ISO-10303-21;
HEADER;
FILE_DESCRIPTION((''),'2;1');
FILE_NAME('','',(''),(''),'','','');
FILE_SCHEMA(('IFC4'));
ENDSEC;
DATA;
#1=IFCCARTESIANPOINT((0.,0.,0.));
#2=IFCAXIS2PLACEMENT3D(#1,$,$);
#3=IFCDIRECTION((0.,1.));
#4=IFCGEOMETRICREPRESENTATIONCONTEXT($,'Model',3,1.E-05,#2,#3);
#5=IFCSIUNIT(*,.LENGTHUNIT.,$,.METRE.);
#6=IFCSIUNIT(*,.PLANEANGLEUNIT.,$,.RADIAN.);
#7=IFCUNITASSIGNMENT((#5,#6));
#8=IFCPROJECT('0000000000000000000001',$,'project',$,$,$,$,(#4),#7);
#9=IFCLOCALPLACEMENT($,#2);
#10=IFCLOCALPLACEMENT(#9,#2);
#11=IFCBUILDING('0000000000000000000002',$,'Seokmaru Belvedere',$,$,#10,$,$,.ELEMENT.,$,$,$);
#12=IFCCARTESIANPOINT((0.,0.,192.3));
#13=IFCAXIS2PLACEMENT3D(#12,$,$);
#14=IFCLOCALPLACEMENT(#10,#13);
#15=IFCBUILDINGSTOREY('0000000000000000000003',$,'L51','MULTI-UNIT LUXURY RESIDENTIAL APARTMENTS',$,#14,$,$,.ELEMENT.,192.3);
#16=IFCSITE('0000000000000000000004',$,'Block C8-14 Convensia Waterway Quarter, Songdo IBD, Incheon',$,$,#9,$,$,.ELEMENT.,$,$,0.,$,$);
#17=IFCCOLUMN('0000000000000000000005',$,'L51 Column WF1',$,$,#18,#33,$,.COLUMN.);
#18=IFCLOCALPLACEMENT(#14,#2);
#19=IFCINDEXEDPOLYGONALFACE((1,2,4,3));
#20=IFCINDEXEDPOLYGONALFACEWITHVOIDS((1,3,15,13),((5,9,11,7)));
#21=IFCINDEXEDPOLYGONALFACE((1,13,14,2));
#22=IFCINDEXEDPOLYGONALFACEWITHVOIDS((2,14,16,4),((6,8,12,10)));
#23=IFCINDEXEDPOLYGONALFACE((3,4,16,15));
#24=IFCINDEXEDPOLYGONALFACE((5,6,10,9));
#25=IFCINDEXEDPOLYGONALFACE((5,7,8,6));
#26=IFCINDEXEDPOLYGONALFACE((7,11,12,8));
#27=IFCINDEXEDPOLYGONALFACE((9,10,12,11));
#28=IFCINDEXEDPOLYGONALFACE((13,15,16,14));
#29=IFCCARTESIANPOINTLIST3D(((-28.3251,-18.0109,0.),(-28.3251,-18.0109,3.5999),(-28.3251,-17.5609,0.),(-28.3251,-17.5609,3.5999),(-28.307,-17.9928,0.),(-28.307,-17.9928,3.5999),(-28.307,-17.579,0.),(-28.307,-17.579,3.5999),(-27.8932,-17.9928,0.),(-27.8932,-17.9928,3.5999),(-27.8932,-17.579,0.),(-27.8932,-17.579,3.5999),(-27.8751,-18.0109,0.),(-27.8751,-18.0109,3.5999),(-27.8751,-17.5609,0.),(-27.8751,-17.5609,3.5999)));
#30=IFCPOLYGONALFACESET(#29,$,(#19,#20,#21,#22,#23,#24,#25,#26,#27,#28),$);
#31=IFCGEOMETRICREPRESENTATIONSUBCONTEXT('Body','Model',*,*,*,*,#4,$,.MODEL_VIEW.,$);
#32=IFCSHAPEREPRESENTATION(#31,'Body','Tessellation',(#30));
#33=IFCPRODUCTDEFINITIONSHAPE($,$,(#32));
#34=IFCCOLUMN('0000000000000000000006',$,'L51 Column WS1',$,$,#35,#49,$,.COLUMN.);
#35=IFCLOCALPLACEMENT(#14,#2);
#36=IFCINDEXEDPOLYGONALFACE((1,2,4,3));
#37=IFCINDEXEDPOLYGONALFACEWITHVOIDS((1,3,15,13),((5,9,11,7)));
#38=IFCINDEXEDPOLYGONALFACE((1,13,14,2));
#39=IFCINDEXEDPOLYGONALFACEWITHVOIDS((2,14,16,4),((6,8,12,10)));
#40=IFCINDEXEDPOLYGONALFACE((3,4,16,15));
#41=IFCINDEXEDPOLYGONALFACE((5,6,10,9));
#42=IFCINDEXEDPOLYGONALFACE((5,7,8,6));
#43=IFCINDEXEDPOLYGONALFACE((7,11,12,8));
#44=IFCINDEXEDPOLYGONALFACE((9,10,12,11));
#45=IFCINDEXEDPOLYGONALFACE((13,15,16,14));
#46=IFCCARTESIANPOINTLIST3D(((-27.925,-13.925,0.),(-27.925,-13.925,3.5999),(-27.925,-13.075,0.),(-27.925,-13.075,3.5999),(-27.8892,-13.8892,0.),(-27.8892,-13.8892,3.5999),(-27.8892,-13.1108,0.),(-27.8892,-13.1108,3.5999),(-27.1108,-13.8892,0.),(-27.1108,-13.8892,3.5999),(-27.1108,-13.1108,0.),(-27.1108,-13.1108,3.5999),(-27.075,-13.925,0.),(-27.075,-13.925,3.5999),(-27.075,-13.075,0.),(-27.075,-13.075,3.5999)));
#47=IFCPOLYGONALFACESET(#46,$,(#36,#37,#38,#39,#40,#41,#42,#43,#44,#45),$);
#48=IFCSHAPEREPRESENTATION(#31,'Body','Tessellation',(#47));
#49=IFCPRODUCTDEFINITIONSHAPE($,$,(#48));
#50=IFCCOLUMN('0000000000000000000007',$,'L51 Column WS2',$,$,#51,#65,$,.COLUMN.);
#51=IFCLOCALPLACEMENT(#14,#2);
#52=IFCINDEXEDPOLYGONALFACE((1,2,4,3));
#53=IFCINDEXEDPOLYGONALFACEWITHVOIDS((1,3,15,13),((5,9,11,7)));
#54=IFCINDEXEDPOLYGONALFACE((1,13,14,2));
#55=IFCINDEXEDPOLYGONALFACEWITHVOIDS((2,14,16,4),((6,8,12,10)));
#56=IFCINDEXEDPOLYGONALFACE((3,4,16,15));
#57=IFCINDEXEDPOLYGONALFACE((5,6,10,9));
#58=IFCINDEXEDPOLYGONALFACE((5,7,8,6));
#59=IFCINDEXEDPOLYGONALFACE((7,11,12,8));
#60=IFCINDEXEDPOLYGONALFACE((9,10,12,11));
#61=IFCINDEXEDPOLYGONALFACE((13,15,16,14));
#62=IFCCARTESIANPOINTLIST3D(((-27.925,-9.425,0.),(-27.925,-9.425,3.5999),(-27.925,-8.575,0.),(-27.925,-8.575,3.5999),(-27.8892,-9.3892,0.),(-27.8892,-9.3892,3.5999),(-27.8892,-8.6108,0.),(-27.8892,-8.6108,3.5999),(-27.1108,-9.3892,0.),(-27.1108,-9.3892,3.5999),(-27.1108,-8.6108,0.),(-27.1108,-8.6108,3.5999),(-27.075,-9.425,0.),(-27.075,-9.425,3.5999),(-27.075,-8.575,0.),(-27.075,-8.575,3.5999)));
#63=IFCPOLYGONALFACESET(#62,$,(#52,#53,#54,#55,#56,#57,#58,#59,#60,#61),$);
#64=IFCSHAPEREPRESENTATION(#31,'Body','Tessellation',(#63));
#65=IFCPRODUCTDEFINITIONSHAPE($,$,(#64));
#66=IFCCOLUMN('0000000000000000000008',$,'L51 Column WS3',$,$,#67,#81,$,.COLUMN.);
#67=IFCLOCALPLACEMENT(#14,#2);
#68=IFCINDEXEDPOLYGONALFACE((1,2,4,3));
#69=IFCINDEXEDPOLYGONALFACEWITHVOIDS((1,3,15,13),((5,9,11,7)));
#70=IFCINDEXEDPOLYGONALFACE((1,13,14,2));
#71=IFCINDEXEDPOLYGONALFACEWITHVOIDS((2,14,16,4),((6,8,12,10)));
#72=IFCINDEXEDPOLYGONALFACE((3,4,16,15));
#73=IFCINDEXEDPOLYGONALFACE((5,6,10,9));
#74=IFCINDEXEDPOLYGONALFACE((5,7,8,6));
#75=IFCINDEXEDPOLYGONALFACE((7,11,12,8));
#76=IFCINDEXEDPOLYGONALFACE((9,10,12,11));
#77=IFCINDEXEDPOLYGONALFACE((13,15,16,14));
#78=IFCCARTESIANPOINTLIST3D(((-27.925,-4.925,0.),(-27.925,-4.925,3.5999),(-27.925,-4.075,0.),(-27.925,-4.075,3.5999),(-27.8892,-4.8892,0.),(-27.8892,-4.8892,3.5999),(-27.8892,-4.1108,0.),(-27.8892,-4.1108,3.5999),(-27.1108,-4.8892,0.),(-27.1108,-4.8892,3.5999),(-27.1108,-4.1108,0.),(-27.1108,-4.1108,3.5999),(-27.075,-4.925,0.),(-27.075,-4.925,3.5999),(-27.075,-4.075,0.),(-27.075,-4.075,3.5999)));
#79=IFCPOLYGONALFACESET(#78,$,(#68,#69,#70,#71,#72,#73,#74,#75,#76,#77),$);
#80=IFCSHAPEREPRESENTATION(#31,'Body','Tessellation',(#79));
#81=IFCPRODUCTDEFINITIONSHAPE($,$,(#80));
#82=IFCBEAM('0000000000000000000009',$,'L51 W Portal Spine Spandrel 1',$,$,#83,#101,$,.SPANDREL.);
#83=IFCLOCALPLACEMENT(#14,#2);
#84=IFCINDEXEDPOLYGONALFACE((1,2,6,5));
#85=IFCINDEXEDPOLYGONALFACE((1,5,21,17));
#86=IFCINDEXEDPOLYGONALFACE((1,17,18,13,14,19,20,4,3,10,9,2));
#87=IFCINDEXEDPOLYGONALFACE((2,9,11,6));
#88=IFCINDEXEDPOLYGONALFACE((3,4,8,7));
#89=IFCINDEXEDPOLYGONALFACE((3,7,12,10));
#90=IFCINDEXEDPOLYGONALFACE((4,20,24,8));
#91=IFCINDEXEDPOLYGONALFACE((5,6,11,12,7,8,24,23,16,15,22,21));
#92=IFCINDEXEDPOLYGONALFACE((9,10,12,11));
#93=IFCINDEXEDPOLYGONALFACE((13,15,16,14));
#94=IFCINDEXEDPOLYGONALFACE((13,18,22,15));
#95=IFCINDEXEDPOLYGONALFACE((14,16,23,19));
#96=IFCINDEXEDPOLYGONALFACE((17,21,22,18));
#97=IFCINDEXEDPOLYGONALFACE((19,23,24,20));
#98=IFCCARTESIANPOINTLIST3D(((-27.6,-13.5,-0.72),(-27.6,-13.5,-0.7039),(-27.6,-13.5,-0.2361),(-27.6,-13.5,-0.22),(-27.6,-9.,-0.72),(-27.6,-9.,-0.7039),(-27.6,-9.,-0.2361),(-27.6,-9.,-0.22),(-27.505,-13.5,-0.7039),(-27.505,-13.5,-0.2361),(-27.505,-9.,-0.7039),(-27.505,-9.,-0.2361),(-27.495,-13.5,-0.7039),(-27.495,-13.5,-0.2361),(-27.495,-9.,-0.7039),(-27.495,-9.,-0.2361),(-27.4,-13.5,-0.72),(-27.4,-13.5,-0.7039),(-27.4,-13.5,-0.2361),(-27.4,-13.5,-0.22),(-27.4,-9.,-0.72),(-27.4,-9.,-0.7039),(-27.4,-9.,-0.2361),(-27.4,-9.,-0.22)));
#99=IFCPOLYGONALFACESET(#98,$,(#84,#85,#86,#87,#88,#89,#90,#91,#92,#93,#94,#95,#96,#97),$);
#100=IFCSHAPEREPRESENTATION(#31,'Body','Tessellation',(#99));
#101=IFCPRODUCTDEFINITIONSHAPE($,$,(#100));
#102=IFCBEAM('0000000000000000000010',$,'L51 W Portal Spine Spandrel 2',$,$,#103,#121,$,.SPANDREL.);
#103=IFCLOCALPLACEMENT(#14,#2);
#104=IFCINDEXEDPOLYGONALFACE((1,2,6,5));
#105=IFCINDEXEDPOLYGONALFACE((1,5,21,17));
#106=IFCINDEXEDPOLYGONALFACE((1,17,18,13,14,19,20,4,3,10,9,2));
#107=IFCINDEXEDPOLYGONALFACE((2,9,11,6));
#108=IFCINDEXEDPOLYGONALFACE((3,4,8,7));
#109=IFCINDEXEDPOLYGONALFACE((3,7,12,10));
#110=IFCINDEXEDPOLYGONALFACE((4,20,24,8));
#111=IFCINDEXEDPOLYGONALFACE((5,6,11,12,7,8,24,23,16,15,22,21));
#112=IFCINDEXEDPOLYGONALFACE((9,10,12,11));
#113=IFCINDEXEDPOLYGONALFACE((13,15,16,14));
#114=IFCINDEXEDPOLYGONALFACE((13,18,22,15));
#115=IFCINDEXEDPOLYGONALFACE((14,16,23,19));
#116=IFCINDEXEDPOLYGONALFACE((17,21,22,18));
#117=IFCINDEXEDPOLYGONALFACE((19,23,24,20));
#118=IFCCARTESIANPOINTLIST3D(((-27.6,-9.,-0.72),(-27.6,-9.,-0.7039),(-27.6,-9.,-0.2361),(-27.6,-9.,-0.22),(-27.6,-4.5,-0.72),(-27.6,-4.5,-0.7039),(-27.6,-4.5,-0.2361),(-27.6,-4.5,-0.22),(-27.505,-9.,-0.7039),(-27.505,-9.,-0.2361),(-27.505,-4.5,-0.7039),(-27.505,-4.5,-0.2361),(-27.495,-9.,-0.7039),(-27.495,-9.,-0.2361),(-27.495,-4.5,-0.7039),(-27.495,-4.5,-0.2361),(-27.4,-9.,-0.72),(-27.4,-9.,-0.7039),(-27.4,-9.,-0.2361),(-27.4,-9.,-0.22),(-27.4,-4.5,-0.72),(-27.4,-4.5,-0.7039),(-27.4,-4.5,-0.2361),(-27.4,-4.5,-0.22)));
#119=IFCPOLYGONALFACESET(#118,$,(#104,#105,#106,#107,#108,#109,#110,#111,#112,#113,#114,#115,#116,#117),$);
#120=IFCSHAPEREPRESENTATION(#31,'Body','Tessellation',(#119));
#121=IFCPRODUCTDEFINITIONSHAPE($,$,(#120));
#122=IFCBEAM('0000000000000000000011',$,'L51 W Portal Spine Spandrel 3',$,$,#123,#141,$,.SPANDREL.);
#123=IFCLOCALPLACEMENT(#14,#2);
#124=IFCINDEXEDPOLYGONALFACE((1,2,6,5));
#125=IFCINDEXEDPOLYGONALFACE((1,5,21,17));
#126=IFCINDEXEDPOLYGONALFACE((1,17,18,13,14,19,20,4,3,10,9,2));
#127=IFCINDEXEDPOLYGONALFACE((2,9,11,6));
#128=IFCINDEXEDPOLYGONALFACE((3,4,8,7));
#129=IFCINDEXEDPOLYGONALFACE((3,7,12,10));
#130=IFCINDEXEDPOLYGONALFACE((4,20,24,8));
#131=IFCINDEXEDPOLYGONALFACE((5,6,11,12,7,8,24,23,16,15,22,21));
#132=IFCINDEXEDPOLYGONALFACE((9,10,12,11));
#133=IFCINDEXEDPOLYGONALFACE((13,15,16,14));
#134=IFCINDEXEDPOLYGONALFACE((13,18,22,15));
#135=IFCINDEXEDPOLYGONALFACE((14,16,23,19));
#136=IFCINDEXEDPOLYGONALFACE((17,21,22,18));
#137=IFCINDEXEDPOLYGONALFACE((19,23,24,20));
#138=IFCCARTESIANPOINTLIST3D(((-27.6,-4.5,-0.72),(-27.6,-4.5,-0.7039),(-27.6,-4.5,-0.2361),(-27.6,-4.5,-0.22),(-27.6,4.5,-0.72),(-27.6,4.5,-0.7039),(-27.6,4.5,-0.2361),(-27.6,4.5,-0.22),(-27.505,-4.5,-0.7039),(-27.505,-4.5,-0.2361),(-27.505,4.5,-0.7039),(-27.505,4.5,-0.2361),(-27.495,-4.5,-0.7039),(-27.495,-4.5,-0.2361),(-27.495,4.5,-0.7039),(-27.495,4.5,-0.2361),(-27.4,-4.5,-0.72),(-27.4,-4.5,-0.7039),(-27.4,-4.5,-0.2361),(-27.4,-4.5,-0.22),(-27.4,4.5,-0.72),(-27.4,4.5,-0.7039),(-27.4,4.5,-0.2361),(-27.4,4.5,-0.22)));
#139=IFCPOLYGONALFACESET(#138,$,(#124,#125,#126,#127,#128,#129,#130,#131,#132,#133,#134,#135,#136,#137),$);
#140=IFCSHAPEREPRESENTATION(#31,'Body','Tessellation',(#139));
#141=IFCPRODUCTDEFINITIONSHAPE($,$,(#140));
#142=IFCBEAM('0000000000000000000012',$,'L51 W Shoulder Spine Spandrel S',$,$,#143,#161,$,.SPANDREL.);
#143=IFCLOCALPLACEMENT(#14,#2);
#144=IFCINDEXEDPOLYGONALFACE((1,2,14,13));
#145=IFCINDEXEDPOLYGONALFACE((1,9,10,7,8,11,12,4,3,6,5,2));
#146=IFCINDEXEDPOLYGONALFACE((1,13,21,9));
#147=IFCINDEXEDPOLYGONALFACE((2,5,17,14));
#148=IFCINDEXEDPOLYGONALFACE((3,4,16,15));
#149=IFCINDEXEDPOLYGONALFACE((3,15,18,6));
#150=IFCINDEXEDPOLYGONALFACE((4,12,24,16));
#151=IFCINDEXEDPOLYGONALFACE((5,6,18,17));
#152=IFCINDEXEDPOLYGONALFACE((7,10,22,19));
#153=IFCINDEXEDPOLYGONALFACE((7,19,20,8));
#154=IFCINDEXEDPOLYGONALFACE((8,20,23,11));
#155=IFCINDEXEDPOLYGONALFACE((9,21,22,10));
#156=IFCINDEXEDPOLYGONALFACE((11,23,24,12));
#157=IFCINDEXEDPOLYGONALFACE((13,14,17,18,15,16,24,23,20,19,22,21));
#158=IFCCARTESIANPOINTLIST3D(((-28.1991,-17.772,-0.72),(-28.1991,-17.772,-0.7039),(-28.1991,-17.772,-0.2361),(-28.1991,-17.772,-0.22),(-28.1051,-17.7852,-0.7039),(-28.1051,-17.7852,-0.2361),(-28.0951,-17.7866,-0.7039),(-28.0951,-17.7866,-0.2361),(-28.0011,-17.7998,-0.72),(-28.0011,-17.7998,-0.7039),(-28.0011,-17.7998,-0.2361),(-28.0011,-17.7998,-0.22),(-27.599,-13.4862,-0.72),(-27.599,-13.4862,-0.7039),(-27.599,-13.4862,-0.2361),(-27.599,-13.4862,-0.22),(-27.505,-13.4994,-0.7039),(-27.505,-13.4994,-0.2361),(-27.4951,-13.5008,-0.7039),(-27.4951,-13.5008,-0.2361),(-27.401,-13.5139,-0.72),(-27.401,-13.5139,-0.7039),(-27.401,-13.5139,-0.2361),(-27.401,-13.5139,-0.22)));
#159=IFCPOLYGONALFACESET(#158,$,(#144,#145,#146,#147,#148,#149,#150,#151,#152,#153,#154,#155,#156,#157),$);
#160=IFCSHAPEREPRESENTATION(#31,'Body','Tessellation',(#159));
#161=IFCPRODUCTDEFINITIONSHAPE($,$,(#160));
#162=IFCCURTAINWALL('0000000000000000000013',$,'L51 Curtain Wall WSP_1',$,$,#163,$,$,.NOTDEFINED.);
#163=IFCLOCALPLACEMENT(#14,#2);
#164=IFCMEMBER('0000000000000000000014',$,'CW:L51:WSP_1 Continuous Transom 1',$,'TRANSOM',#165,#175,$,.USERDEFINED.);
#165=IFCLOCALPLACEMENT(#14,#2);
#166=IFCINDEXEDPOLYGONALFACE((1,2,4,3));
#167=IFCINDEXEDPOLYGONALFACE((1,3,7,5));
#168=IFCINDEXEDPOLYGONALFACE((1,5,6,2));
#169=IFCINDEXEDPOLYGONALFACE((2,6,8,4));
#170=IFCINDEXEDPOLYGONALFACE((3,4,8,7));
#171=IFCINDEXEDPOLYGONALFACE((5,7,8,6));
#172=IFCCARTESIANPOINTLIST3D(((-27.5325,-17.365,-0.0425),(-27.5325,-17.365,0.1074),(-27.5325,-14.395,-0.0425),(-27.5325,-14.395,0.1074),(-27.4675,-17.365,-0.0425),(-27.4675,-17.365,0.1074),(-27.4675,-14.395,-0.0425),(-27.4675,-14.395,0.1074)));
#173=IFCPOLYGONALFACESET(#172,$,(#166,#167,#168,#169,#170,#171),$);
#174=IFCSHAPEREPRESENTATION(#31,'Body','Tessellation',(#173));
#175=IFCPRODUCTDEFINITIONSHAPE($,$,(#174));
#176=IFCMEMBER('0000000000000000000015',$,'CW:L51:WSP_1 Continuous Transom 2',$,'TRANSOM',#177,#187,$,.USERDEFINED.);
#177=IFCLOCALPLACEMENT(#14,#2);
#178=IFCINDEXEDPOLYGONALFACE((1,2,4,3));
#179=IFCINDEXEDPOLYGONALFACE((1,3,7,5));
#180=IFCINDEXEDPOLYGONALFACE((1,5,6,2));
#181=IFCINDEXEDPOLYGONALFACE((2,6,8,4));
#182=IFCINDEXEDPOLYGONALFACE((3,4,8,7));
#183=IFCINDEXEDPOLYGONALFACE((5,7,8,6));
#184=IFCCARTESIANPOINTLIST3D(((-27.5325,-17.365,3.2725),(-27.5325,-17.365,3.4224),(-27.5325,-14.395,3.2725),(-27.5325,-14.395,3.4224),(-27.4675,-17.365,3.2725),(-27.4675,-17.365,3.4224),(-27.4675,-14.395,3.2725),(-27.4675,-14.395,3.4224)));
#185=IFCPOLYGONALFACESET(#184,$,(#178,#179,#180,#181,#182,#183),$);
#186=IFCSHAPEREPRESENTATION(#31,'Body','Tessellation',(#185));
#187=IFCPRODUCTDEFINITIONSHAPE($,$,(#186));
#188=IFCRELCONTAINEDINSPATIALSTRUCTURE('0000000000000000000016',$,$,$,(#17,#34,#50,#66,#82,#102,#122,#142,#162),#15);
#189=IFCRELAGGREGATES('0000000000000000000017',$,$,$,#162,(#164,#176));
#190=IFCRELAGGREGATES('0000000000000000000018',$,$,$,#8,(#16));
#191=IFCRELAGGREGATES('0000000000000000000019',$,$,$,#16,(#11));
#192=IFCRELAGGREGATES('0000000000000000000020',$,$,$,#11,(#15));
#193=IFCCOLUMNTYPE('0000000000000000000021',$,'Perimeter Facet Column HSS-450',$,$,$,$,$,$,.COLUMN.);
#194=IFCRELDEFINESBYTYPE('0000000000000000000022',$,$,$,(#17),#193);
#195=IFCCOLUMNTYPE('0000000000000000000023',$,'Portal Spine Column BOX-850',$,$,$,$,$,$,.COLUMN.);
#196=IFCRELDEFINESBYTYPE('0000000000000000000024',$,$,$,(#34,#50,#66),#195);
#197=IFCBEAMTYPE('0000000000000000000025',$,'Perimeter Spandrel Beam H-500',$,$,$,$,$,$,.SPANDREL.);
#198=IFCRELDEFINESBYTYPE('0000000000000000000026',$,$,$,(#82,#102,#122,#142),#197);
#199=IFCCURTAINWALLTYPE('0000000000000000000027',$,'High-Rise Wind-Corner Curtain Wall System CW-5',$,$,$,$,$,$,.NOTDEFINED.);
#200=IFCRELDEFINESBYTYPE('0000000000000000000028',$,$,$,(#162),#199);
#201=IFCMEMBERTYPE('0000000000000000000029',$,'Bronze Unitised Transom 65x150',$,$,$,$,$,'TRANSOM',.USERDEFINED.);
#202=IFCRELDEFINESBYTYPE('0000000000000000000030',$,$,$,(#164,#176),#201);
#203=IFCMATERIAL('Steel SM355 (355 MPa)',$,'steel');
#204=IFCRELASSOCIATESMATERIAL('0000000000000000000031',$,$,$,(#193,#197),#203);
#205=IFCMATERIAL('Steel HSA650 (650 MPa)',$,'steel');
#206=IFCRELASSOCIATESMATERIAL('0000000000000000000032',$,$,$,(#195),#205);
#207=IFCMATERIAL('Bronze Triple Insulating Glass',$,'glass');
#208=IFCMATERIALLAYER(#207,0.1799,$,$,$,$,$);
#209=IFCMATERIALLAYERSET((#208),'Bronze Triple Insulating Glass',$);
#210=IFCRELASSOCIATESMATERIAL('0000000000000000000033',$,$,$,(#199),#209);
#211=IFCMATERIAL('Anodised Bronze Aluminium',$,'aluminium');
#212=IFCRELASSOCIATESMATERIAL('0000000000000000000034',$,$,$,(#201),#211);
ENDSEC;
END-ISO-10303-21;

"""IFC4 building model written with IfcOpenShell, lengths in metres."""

from ifc_helpers import new_model, si_unit, direction, frame, origin, origin_2d, place, context, subcontext, project, spatial, rectangle, hollow_rectangle, i_section, extrude, source, transform, mapped, material, layer, layer_set, material_profile, profile_set, type_object, type_shapes, element, aggregate, save


model = new_model("IFC4")

# Units and contexts
model_context = context("Model", 3, precision=1e-05, world=origin(), true_north=direction((0.0, 1.0)))
body_context = subcontext(model_context, "Body", "Model", "MODEL_VIEW")
ifc_project = project(units=[si_unit("LENGTHUNIT", "METRE"), si_unit("PLANEANGLEUNIT", "RADIAN")], contexts=[model_context])

# Site, building, storey
site_placement = place(None, origin())
site = spatial("IfcSite", under=ifc_project, at=site_placement, Name="Block C8-14 Convensia Waterway Quarter, Songdo IBD, Incheon", CompositionType="ELEMENT", RefElevation=0.0)
building_placement = place(site_placement, origin())
building = spatial("IfcBuilding", under=site, at=building_placement, Name="Seokmaru Belvedere", CompositionType="ELEMENT")
storey_placement = place(building_placement, frame((0.0, 0.0, 192.3)))
storey = spatial("IfcBuildingStorey", under=building, at=storey_placement, Name="L51", Description="MULTI-UNIT LUXURY RESIDENTIAL APARTMENTS", CompositionType="ELEMENT", Elevation=192.3)

# Columns
ifc_material_1 = material(Name="Steel SM355 (355 MPa)", Category="steel")
ifc_material_profile_1 = material_profile(ifc_material_1, hollow_rectangle(XDim=0.45, YDim=0.45, WallThickness=0.0181, at=origin_2d()), Name="HSS-450x450x18")
ifc_profile_set_1 = profile_set([ifc_material_profile_1], Name="Steel SM355 (355 MPa)")
column_type_1 = type_object("IfcColumnType", Name="Perimeter Facet Column HSS-450", PredefinedType="COLUMN", material=ifc_profile_set_1)
shared_shape_1 = source(origin(), body_context, "Body", "SweptSolid", [
    extrude(hollow_rectangle(XDim=0.45, YDim=0.45, WallThickness=0.0181, at=origin_2d()), origin(), (0.0, 0.0, 1.0), 3.5999),
])
type_shapes(column_type_1, [shared_shape_1])
column_placement = place(storey_placement, frame((-28.1001, -17.7859, 0.0), z_axis=(0.0, 0.0, 1.0), x_axis=(1.0, 0.0, 0.0)))
element("IfcColumn", 1, at=column_placement, inside=storey, type_object=column_type_1, Name="L51 Column WF1", PredefinedType="COLUMN", context=body_context, shape_type="MappedRepresentation", body=[
    mapped(shared_shape_1, transform((0.0, 0.0, 0.0), scale=1.0)),
])
ifc_material_2 = material(Name="Steel HSA650 (650 MPa)", Category="steel")
ifc_material_profile_2 = material_profile(ifc_material_2, hollow_rectangle(XDim=0.8501, YDim=0.8501, WallThickness=0.0359, at=origin_2d()), Name="BOX-850x850x36")
ifc_profile_set_2 = profile_set([ifc_material_profile_2], Name="Steel HSA650 (650 MPa)")
column_type_2 = type_object("IfcColumnType", Name="Portal Spine Column BOX-850", PredefinedType="COLUMN", material=ifc_profile_set_2)
shared_shape_2 = source(origin(), body_context, "Body", "SweptSolid", [
    extrude(hollow_rectangle(XDim=0.8501, YDim=0.8501, WallThickness=0.0359, at=origin_2d()), origin(), (0.0, 0.0, 1.0), 3.5999),
])
type_shapes(column_type_2, [shared_shape_2])
for number, where, z_axis, x_axis, name in (
    (2, (-27.5, -13.5, 0.0), (0.0, 0.0, 1.0), (1.0, 0.0, 0.0), "L51 Column WS1"),
    (3, (-27.5, -9.0, 0.0), (0.0, 0.0, 1.0), (1.0, 0.0, 0.0), "L51 Column WS2"),
    (4, (-27.5, -4.5, 0.0), (0.0, 0.0, 1.0), (1.0, 0.0, 0.0), "L51 Column WS3"),
):
    element("IfcColumn", number, at=place(storey_placement, frame(where, z_axis=z_axis, x_axis=x_axis)), inside=storey, type_object=column_type_2, Name=name, PredefinedType="COLUMN", context=body_context, shape_type="MappedRepresentation", body=[
        mapped(shared_shape_2, transform((0.0, 0.0, 0.0), scale=1.0)),
    ])

# Beams
ifc_material_profile_3 = material_profile(ifc_material_1, i_section(OverallWidth=0.2, OverallDepth=0.5, WebThickness=0.01, FlangeThickness=0.0161, at=origin_2d()), Name="H-500x200x10x16")
ifc_profile_set_3 = profile_set([ifc_material_profile_3], Name="Steel SM355 (355 MPa)")
beam_type = type_object("IfcBeamType", Name="Perimeter Spandrel Beam H-500", PredefinedType="SPANDREL", material=ifc_profile_set_3)
shared_shape_3 = source(origin(), body_context, "Body", "SweptSolid", [
    extrude(i_section(OverallWidth=0.2, OverallDepth=0.5, WebThickness=0.01, FlangeThickness=0.0161, at=origin_2d()), origin(), (0.0, 0.0, 1.0), 4.5),
])
for number, where, z_axis, x_axis, name in (
    (5, (-27.5, -13.5, -0.47), (0.0, 1.0, 0.0), (-1.0, 0.0, 0.0), "L51 W Portal Spine Spandrel 1"),
    (6, (-27.5, -9.0, -0.47), (0.0, 1.0, 0.0), (-1.0, 0.0, 0.0), "L51 W Portal Spine Spandrel 2"),
):
    element("IfcBeam", number, at=place(storey_placement, frame(where, z_axis=z_axis, x_axis=x_axis)), inside=storey, type_object=beam_type, Name=name, PredefinedType="SPANDREL", context=body_context, shape_type="MappedRepresentation", body=[
        mapped(shared_shape_3, transform((0.0, 0.0, 0.0), scale=1.0)),
    ])
shared_shape_4 = source(origin(), body_context, "Body", "SweptSolid", [
    extrude(i_section(OverallWidth=0.2, OverallDepth=0.5, WebThickness=0.01, FlangeThickness=0.0161, at=origin_2d()), origin(), (0.0, 0.0, 1.0), 9.0),
])
beam_1_placement = place(storey_placement, frame((-27.5, -4.5, -0.47), z_axis=(0.0, 1.0, 0.0), x_axis=(-1.0, 0.0, 0.0)))
element("IfcBeam", 7, at=beam_1_placement, inside=storey, type_object=beam_type, Name="L51 W Portal Spine Spandrel 3", PredefinedType="SPANDREL", context=body_context, shape_type="MappedRepresentation", body=[
    mapped(shared_shape_4, transform((0.0, 0.0, 0.0), scale=1.0)),
])
shared_shape_5 = source(origin(), body_context, "Body", "SweptSolid", [
    extrude(i_section(OverallWidth=0.2, OverallDepth=0.5, WebThickness=0.01, FlangeThickness=0.0161, at=origin_2d()), origin(), (0.0, 0.0, 1.0), 4.3276),
])
type_shapes(beam_type, [shared_shape_3, shared_shape_4, shared_shape_5])
beam_2_placement = place(storey_placement, frame((-28.1001, -17.7859, -0.47), z_axis=(0.138664, 0.990339, 0.0), x_axis=(-0.990339, 0.138664, 0.0)))
element("IfcBeam", 8, at=beam_2_placement, inside=storey, type_object=beam_type, Name="L51 W Shoulder Spine Spandrel S", PredefinedType="SPANDREL", context=body_context, shape_type="MappedRepresentation", body=[
    mapped(shared_shape_5, transform((0.0, 0.0, 0.0), scale=1.0)),
])

# Curtain wall, members
ifc_material_3 = material(Name="Bronze Triple Insulating Glass", Category="glass")
ifc_layer_1 = layer(ifc_material_3, 0.1799)
ifc_layer_set_1 = layer_set([ifc_layer_1], Name="Bronze Triple Insulating Glass")
curtain_wall_type = type_object("IfcCurtainWallType", Name="High-Rise Wind-Corner Curtain Wall System CW-5", PredefinedType="NOTDEFINED", material=ifc_layer_set_1)
curtain_wall_1_placement = place(storey_placement, origin())
curtain_wall_1 = element("IfcCurtainWall", 9, at=curtain_wall_1_placement, inside=storey, type_object=curtain_wall_type, Name="L51 Curtain Wall WSP_1", PredefinedType="NOTDEFINED")
ifc_material_4 = material(Name="Anodised Bronze Aluminium", Category="aluminium")
ifc_material_profile_4 = material_profile(ifc_material_4, rectangle(XDim=0.0649, YDim=0.1499, at=origin_2d()), Name="CW-T-65x150")
ifc_profile_set_4 = profile_set([ifc_material_profile_4], Name="Anodised Bronze Aluminium")
member_type_1 = type_object("IfcMemberType", Name="Bronze Unitised Transom 65x150", ElementType="TRANSOM", PredefinedType="USERDEFINED", material=ifc_profile_set_4)
shared_shape_6 = source(origin(), body_context, "Body", "SweptSolid", [
    extrude(rectangle(XDim=0.0649, YDim=0.1499, at=origin_2d()), origin(), (0.0, 0.0, 1.0), 2.97),
])
member_1_placement = place(storey_placement, frame((-27.5, -17.365, 0.0325), z_axis=(0.0, 1.0, 0.0), x_axis=(-1.0, 0.0, 0.0)))
member_1 = element("IfcMember", 10, at=member_1_placement, type_object=member_type_1, Name="CW:L51:WSP_1 Continuous Transom 1", ObjectType="TRANSOM", PredefinedType="USERDEFINED", context=body_context, shape_type="MappedRepresentation", body=[
    mapped(shared_shape_6, transform((0.0, 0.0, 0.0), scale=1.0)),
])
member_2_placement = place(storey_placement, frame((-27.5, -17.365, 3.3474), z_axis=(0.0, 1.0, 0.0), x_axis=(-1.0, 0.0, 0.0)))
member_2 = element("IfcMember", 11, at=member_2_placement, type_object=member_type_1, Name="CW:L51:WSP_1 Continuous Transom 2", ObjectType="TRANSOM", PredefinedType="USERDEFINED", context=body_context, shape_type="MappedRepresentation", body=[
    mapped(shared_shape_6, transform((0.0, 0.0, 0.0), scale=1.0)),
])

aggregate(curtain_wall_1, [member_1, member_2])

save(model, "model.ifc")
